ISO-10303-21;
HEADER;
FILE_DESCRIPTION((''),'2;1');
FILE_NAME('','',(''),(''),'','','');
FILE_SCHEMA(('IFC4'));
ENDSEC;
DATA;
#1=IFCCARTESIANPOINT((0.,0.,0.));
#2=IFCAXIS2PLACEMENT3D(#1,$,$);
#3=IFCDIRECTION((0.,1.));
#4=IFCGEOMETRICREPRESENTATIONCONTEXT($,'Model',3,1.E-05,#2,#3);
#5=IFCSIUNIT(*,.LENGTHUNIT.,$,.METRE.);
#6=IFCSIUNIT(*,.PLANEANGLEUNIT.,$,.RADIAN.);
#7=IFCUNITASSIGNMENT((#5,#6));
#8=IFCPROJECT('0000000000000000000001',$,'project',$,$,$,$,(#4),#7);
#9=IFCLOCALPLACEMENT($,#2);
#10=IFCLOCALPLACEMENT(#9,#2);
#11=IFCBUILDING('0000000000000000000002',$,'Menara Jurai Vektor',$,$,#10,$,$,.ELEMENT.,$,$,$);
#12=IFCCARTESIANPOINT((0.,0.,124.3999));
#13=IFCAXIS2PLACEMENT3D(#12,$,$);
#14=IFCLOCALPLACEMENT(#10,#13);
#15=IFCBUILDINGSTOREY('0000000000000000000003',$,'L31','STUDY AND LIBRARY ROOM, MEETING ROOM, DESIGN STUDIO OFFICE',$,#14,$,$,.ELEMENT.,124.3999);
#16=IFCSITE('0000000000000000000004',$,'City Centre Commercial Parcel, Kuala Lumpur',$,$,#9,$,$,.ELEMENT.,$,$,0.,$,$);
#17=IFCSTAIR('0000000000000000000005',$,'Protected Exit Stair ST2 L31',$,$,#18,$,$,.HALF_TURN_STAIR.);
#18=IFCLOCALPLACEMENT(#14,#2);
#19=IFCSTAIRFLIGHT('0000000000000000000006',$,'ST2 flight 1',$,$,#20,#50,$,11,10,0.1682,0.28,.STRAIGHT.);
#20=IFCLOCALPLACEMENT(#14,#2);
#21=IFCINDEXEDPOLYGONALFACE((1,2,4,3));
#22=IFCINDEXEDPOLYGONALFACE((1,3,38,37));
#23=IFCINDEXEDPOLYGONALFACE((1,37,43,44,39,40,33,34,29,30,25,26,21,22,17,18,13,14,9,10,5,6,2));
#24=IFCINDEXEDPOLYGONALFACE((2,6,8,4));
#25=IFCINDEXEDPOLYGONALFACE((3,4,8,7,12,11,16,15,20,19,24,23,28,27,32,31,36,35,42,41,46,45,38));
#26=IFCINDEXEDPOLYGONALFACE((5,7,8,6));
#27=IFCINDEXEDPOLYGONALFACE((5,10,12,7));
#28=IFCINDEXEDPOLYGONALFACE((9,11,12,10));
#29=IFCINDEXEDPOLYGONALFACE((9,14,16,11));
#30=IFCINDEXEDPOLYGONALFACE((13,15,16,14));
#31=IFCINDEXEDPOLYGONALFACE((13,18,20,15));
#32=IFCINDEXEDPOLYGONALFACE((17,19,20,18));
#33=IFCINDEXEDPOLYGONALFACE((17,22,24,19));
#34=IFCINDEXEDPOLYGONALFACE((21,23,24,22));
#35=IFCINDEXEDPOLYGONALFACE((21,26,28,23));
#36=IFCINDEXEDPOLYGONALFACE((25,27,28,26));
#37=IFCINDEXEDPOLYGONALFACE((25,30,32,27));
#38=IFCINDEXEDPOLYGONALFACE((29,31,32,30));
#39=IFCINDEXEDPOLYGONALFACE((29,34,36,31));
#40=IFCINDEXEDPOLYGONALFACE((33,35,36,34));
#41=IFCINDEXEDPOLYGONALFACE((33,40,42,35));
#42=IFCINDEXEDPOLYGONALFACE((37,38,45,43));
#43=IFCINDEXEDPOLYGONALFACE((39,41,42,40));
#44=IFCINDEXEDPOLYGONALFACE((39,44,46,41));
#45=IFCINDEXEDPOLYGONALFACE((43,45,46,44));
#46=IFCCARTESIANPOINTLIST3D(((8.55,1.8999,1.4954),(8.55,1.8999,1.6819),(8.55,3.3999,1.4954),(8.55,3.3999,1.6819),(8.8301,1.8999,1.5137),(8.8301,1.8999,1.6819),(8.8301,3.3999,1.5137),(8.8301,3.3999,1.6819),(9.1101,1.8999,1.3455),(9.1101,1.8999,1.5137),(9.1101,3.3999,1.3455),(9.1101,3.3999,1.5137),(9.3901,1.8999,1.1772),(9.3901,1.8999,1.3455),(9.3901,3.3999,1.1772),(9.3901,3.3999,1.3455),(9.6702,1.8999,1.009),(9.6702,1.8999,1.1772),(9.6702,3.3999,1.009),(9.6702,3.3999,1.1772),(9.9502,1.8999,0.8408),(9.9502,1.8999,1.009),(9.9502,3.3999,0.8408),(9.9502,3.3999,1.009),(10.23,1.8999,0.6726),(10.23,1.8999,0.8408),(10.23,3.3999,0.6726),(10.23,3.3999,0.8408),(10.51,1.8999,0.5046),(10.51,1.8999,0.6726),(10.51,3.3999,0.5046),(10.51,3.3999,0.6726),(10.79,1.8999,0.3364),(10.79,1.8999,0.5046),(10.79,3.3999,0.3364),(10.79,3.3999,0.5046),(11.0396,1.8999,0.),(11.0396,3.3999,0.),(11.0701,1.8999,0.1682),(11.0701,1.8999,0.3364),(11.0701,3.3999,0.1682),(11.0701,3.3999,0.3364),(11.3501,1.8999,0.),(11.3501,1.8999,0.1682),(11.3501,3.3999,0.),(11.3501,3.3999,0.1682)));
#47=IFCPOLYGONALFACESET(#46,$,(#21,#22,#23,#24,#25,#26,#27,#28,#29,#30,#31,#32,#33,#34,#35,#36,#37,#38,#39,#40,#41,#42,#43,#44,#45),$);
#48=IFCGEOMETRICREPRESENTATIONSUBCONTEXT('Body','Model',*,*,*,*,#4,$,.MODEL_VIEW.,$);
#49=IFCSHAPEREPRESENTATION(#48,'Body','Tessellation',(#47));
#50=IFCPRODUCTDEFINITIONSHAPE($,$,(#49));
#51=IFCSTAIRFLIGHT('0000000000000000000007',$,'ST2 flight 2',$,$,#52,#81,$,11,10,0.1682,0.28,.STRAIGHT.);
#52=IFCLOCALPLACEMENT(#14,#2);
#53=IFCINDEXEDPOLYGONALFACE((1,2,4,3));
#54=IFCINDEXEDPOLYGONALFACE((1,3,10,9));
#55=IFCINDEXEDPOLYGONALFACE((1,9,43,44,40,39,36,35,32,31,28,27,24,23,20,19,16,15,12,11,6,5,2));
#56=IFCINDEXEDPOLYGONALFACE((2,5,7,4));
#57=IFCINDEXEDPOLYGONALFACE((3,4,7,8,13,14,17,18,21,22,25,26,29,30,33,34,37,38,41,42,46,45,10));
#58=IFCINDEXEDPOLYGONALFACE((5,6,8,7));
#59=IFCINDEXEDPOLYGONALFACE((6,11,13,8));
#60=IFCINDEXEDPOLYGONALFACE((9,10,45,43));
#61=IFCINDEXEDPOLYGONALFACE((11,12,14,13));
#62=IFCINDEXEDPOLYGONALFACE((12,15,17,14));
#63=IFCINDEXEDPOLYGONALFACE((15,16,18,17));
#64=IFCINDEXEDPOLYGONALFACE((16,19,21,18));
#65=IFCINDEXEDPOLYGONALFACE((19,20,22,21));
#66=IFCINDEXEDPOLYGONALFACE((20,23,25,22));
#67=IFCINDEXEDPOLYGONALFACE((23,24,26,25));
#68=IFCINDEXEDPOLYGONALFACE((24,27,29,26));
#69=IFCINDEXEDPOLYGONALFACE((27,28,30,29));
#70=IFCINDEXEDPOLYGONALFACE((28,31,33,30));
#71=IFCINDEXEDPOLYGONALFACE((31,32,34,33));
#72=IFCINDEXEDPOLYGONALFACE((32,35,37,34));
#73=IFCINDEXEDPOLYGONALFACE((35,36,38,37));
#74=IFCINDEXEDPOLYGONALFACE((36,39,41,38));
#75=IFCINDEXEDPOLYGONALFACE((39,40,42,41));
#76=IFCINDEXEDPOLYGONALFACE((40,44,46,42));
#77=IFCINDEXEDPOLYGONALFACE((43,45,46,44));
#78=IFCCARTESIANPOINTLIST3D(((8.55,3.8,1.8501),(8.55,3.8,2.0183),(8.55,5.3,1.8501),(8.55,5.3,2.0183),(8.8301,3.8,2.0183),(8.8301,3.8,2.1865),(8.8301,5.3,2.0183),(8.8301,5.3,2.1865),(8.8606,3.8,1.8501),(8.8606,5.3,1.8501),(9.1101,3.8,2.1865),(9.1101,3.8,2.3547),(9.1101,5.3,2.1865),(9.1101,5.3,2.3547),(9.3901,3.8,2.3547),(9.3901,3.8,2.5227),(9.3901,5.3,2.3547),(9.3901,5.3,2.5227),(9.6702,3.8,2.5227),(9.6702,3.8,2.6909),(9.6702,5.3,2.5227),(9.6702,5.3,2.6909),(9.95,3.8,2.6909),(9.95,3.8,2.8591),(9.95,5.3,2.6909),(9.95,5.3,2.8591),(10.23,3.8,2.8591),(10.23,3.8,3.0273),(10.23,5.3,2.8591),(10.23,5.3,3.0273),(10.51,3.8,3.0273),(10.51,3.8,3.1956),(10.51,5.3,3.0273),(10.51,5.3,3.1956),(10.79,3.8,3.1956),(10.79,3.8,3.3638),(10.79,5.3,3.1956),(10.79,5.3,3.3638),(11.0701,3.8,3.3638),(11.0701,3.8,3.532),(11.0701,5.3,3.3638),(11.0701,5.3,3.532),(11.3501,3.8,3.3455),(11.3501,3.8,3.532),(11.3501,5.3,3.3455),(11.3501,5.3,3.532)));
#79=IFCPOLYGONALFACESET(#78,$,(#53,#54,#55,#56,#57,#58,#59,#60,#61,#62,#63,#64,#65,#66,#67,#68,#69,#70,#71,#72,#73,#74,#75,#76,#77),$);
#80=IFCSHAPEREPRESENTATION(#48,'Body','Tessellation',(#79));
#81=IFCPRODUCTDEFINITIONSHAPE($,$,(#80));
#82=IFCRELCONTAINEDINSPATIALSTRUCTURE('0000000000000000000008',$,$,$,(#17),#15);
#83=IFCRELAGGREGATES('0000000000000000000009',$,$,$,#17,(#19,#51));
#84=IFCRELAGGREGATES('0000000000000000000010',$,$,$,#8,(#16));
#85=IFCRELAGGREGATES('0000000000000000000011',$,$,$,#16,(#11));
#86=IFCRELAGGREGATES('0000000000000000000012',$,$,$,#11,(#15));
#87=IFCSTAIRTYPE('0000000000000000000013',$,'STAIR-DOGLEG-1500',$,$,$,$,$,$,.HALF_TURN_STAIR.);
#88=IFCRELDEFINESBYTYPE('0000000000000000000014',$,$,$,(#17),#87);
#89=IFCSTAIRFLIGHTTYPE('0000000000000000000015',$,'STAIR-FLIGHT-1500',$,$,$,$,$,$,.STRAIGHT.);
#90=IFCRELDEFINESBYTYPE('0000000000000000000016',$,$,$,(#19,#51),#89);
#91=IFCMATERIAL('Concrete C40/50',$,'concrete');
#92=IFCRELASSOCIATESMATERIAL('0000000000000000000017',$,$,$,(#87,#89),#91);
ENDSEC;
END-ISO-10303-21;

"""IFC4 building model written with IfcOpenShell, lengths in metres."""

from ifc_helpers import new_model, si_unit, direction, frame, origin, place, context, subcontext, project, spatial, polyline, outline, extrude, material, type_object, element, aggregate, save


model = new_model("IFC4")

# Units and contexts
model_context = context("Model", 3, precision=1e-05, world=origin(), true_north=direction((0.0, 1.0)))
body_context = subcontext(model_context, "Body", "Model", "MODEL_VIEW")
ifc_project = project(units=[si_unit("LENGTHUNIT", "METRE"), si_unit("PLANEANGLEUNIT", "RADIAN")], contexts=[model_context])

# Site, building, storey
site_placement = place(None, origin())
site = spatial("IfcSite", under=ifc_project, at=site_placement, Name="City Centre Commercial Parcel, Kuala Lumpur", CompositionType="ELEMENT", RefElevation=0.0)
building_placement = place(site_placement, origin())
building = spatial("IfcBuilding", under=site, at=building_placement, Name="Menara Jurai Vektor", CompositionType="ELEMENT")
storey_placement = place(building_placement, frame((0.0, 0.0, 124.3999)))
storey = spatial("IfcBuildingStorey", under=building, at=storey_placement, Name="L31", Description="STUDY AND LIBRARY ROOM, MEETING ROOM, DESIGN STUDIO OFFICE", CompositionType="ELEMENT", Elevation=124.3999)

# Shared definitions
ifc_material_1 = material(Name="Concrete C40/50", Category="concrete")

# Stair, stair flights
stair_type = type_object("IfcStairType", Name="STAIR-DOGLEG-1500", PredefinedType="HALF_TURN_STAIR", material=ifc_material_1)
stair_placement = place(storey_placement, origin())
stair = element("IfcStair", 1, at=stair_placement, inside=storey, type_object=stair_type, Name="Protected Exit Stair ST2 L31", PredefinedType="HALF_TURN_STAIR")
stair_flight_type = type_object("IfcStairFlightType", Name="STAIR-FLIGHT-1500", PredefinedType="STRAIGHT", material=ifc_material_1)
stair_flight_1_placement = place(storey_placement, frame((11.3501, 2.6499, 0.0), z_axis=(0.0, 0.0, 1.0), x_axis=(-1.0, 0.0, 0.0)))
stair_flight_1 = element("IfcStairFlight", 2, at=stair_flight_1_placement, type_object=stair_flight_type, Name="ST2 flight 1", NumberOfRisers=11, NumberOfTreads=10, PredefinedType="STRAIGHT", RiserHeight=0.1682, TreadLength=0.28, context=body_context, shape_type="SweptSolid", body=[
    extrude(outline(polyline([(0.0, 0.0), (0.0, 0.1682), (0.28, 0.1682), (0.28, 0.3364), (0.5601, 0.3364), (0.5601, 0.5046), (0.8401, 0.5046), (0.8401, 0.6726), (1.1201, 0.6726), (1.1201, 0.8408), (1.3999, 0.8408), (1.3999, 1.009), (1.6799, 1.009), (1.6799, 1.1772), (1.96, 1.1772), (1.96, 1.3455), (2.24, 1.3455), (2.24, 1.5137), (2.52, 1.5137), (2.52, 1.6819), (2.8, 1.6819), (2.8, 1.8501), (2.8, 1.4954), (0.3105, 0.0), (0.0, 0.0)])), frame((0.0, 0.75, 0.0), z_axis=(0.0, -1.0, 0.0), x_axis=(1.0, 0.0, 0.0)), (0.0, 0.0, 1.0), 1.5),
])
stair_flight_2_placement = place(storey_placement, frame((8.55, 4.55, 1.8501), z_axis=(0.0, 0.0, 1.0), x_axis=(1.0, 0.0, 0.0)))
stair_flight_2 = element("IfcStairFlight", 3, at=stair_flight_2_placement, type_object=stair_flight_type, Name="ST2 flight 2", NumberOfRisers=11, NumberOfTreads=10, PredefinedType="STRAIGHT", RiserHeight=0.1682, TreadLength=0.28, context=body_context, shape_type="SweptSolid", body=[
    extrude(outline(polyline([(0.0, 0.0), (0.0, 0.1682), (0.28, 0.1682), (0.28, 0.3364), (0.5601, 0.3364), (0.5601, 0.5046), (0.8401, 0.5046), (0.8401, 0.6726), (1.1201, 0.6726), (1.1201, 0.8408), (1.3999, 0.8408), (1.3999, 1.009), (1.6799, 1.009), (1.6799, 1.1772), (1.96, 1.1772), (1.96, 1.3455), (2.24, 1.3455), (2.24, 1.5137), (2.52, 1.5137), (2.52, 1.6819), (2.8, 1.6819), (2.8, 1.8501), (2.8, 1.4954), (0.3105, 0.0), (0.0, 0.0)])), frame((0.0, 0.75, 0.0), z_axis=(0.0, -1.0, 0.0), x_axis=(1.0, 0.0, 0.0)), (0.0, 0.0, 1.0), 1.5),
])
aggregate(stair, [stair_flight_1, stair_flight_2])

save(model, "model.ifc")
